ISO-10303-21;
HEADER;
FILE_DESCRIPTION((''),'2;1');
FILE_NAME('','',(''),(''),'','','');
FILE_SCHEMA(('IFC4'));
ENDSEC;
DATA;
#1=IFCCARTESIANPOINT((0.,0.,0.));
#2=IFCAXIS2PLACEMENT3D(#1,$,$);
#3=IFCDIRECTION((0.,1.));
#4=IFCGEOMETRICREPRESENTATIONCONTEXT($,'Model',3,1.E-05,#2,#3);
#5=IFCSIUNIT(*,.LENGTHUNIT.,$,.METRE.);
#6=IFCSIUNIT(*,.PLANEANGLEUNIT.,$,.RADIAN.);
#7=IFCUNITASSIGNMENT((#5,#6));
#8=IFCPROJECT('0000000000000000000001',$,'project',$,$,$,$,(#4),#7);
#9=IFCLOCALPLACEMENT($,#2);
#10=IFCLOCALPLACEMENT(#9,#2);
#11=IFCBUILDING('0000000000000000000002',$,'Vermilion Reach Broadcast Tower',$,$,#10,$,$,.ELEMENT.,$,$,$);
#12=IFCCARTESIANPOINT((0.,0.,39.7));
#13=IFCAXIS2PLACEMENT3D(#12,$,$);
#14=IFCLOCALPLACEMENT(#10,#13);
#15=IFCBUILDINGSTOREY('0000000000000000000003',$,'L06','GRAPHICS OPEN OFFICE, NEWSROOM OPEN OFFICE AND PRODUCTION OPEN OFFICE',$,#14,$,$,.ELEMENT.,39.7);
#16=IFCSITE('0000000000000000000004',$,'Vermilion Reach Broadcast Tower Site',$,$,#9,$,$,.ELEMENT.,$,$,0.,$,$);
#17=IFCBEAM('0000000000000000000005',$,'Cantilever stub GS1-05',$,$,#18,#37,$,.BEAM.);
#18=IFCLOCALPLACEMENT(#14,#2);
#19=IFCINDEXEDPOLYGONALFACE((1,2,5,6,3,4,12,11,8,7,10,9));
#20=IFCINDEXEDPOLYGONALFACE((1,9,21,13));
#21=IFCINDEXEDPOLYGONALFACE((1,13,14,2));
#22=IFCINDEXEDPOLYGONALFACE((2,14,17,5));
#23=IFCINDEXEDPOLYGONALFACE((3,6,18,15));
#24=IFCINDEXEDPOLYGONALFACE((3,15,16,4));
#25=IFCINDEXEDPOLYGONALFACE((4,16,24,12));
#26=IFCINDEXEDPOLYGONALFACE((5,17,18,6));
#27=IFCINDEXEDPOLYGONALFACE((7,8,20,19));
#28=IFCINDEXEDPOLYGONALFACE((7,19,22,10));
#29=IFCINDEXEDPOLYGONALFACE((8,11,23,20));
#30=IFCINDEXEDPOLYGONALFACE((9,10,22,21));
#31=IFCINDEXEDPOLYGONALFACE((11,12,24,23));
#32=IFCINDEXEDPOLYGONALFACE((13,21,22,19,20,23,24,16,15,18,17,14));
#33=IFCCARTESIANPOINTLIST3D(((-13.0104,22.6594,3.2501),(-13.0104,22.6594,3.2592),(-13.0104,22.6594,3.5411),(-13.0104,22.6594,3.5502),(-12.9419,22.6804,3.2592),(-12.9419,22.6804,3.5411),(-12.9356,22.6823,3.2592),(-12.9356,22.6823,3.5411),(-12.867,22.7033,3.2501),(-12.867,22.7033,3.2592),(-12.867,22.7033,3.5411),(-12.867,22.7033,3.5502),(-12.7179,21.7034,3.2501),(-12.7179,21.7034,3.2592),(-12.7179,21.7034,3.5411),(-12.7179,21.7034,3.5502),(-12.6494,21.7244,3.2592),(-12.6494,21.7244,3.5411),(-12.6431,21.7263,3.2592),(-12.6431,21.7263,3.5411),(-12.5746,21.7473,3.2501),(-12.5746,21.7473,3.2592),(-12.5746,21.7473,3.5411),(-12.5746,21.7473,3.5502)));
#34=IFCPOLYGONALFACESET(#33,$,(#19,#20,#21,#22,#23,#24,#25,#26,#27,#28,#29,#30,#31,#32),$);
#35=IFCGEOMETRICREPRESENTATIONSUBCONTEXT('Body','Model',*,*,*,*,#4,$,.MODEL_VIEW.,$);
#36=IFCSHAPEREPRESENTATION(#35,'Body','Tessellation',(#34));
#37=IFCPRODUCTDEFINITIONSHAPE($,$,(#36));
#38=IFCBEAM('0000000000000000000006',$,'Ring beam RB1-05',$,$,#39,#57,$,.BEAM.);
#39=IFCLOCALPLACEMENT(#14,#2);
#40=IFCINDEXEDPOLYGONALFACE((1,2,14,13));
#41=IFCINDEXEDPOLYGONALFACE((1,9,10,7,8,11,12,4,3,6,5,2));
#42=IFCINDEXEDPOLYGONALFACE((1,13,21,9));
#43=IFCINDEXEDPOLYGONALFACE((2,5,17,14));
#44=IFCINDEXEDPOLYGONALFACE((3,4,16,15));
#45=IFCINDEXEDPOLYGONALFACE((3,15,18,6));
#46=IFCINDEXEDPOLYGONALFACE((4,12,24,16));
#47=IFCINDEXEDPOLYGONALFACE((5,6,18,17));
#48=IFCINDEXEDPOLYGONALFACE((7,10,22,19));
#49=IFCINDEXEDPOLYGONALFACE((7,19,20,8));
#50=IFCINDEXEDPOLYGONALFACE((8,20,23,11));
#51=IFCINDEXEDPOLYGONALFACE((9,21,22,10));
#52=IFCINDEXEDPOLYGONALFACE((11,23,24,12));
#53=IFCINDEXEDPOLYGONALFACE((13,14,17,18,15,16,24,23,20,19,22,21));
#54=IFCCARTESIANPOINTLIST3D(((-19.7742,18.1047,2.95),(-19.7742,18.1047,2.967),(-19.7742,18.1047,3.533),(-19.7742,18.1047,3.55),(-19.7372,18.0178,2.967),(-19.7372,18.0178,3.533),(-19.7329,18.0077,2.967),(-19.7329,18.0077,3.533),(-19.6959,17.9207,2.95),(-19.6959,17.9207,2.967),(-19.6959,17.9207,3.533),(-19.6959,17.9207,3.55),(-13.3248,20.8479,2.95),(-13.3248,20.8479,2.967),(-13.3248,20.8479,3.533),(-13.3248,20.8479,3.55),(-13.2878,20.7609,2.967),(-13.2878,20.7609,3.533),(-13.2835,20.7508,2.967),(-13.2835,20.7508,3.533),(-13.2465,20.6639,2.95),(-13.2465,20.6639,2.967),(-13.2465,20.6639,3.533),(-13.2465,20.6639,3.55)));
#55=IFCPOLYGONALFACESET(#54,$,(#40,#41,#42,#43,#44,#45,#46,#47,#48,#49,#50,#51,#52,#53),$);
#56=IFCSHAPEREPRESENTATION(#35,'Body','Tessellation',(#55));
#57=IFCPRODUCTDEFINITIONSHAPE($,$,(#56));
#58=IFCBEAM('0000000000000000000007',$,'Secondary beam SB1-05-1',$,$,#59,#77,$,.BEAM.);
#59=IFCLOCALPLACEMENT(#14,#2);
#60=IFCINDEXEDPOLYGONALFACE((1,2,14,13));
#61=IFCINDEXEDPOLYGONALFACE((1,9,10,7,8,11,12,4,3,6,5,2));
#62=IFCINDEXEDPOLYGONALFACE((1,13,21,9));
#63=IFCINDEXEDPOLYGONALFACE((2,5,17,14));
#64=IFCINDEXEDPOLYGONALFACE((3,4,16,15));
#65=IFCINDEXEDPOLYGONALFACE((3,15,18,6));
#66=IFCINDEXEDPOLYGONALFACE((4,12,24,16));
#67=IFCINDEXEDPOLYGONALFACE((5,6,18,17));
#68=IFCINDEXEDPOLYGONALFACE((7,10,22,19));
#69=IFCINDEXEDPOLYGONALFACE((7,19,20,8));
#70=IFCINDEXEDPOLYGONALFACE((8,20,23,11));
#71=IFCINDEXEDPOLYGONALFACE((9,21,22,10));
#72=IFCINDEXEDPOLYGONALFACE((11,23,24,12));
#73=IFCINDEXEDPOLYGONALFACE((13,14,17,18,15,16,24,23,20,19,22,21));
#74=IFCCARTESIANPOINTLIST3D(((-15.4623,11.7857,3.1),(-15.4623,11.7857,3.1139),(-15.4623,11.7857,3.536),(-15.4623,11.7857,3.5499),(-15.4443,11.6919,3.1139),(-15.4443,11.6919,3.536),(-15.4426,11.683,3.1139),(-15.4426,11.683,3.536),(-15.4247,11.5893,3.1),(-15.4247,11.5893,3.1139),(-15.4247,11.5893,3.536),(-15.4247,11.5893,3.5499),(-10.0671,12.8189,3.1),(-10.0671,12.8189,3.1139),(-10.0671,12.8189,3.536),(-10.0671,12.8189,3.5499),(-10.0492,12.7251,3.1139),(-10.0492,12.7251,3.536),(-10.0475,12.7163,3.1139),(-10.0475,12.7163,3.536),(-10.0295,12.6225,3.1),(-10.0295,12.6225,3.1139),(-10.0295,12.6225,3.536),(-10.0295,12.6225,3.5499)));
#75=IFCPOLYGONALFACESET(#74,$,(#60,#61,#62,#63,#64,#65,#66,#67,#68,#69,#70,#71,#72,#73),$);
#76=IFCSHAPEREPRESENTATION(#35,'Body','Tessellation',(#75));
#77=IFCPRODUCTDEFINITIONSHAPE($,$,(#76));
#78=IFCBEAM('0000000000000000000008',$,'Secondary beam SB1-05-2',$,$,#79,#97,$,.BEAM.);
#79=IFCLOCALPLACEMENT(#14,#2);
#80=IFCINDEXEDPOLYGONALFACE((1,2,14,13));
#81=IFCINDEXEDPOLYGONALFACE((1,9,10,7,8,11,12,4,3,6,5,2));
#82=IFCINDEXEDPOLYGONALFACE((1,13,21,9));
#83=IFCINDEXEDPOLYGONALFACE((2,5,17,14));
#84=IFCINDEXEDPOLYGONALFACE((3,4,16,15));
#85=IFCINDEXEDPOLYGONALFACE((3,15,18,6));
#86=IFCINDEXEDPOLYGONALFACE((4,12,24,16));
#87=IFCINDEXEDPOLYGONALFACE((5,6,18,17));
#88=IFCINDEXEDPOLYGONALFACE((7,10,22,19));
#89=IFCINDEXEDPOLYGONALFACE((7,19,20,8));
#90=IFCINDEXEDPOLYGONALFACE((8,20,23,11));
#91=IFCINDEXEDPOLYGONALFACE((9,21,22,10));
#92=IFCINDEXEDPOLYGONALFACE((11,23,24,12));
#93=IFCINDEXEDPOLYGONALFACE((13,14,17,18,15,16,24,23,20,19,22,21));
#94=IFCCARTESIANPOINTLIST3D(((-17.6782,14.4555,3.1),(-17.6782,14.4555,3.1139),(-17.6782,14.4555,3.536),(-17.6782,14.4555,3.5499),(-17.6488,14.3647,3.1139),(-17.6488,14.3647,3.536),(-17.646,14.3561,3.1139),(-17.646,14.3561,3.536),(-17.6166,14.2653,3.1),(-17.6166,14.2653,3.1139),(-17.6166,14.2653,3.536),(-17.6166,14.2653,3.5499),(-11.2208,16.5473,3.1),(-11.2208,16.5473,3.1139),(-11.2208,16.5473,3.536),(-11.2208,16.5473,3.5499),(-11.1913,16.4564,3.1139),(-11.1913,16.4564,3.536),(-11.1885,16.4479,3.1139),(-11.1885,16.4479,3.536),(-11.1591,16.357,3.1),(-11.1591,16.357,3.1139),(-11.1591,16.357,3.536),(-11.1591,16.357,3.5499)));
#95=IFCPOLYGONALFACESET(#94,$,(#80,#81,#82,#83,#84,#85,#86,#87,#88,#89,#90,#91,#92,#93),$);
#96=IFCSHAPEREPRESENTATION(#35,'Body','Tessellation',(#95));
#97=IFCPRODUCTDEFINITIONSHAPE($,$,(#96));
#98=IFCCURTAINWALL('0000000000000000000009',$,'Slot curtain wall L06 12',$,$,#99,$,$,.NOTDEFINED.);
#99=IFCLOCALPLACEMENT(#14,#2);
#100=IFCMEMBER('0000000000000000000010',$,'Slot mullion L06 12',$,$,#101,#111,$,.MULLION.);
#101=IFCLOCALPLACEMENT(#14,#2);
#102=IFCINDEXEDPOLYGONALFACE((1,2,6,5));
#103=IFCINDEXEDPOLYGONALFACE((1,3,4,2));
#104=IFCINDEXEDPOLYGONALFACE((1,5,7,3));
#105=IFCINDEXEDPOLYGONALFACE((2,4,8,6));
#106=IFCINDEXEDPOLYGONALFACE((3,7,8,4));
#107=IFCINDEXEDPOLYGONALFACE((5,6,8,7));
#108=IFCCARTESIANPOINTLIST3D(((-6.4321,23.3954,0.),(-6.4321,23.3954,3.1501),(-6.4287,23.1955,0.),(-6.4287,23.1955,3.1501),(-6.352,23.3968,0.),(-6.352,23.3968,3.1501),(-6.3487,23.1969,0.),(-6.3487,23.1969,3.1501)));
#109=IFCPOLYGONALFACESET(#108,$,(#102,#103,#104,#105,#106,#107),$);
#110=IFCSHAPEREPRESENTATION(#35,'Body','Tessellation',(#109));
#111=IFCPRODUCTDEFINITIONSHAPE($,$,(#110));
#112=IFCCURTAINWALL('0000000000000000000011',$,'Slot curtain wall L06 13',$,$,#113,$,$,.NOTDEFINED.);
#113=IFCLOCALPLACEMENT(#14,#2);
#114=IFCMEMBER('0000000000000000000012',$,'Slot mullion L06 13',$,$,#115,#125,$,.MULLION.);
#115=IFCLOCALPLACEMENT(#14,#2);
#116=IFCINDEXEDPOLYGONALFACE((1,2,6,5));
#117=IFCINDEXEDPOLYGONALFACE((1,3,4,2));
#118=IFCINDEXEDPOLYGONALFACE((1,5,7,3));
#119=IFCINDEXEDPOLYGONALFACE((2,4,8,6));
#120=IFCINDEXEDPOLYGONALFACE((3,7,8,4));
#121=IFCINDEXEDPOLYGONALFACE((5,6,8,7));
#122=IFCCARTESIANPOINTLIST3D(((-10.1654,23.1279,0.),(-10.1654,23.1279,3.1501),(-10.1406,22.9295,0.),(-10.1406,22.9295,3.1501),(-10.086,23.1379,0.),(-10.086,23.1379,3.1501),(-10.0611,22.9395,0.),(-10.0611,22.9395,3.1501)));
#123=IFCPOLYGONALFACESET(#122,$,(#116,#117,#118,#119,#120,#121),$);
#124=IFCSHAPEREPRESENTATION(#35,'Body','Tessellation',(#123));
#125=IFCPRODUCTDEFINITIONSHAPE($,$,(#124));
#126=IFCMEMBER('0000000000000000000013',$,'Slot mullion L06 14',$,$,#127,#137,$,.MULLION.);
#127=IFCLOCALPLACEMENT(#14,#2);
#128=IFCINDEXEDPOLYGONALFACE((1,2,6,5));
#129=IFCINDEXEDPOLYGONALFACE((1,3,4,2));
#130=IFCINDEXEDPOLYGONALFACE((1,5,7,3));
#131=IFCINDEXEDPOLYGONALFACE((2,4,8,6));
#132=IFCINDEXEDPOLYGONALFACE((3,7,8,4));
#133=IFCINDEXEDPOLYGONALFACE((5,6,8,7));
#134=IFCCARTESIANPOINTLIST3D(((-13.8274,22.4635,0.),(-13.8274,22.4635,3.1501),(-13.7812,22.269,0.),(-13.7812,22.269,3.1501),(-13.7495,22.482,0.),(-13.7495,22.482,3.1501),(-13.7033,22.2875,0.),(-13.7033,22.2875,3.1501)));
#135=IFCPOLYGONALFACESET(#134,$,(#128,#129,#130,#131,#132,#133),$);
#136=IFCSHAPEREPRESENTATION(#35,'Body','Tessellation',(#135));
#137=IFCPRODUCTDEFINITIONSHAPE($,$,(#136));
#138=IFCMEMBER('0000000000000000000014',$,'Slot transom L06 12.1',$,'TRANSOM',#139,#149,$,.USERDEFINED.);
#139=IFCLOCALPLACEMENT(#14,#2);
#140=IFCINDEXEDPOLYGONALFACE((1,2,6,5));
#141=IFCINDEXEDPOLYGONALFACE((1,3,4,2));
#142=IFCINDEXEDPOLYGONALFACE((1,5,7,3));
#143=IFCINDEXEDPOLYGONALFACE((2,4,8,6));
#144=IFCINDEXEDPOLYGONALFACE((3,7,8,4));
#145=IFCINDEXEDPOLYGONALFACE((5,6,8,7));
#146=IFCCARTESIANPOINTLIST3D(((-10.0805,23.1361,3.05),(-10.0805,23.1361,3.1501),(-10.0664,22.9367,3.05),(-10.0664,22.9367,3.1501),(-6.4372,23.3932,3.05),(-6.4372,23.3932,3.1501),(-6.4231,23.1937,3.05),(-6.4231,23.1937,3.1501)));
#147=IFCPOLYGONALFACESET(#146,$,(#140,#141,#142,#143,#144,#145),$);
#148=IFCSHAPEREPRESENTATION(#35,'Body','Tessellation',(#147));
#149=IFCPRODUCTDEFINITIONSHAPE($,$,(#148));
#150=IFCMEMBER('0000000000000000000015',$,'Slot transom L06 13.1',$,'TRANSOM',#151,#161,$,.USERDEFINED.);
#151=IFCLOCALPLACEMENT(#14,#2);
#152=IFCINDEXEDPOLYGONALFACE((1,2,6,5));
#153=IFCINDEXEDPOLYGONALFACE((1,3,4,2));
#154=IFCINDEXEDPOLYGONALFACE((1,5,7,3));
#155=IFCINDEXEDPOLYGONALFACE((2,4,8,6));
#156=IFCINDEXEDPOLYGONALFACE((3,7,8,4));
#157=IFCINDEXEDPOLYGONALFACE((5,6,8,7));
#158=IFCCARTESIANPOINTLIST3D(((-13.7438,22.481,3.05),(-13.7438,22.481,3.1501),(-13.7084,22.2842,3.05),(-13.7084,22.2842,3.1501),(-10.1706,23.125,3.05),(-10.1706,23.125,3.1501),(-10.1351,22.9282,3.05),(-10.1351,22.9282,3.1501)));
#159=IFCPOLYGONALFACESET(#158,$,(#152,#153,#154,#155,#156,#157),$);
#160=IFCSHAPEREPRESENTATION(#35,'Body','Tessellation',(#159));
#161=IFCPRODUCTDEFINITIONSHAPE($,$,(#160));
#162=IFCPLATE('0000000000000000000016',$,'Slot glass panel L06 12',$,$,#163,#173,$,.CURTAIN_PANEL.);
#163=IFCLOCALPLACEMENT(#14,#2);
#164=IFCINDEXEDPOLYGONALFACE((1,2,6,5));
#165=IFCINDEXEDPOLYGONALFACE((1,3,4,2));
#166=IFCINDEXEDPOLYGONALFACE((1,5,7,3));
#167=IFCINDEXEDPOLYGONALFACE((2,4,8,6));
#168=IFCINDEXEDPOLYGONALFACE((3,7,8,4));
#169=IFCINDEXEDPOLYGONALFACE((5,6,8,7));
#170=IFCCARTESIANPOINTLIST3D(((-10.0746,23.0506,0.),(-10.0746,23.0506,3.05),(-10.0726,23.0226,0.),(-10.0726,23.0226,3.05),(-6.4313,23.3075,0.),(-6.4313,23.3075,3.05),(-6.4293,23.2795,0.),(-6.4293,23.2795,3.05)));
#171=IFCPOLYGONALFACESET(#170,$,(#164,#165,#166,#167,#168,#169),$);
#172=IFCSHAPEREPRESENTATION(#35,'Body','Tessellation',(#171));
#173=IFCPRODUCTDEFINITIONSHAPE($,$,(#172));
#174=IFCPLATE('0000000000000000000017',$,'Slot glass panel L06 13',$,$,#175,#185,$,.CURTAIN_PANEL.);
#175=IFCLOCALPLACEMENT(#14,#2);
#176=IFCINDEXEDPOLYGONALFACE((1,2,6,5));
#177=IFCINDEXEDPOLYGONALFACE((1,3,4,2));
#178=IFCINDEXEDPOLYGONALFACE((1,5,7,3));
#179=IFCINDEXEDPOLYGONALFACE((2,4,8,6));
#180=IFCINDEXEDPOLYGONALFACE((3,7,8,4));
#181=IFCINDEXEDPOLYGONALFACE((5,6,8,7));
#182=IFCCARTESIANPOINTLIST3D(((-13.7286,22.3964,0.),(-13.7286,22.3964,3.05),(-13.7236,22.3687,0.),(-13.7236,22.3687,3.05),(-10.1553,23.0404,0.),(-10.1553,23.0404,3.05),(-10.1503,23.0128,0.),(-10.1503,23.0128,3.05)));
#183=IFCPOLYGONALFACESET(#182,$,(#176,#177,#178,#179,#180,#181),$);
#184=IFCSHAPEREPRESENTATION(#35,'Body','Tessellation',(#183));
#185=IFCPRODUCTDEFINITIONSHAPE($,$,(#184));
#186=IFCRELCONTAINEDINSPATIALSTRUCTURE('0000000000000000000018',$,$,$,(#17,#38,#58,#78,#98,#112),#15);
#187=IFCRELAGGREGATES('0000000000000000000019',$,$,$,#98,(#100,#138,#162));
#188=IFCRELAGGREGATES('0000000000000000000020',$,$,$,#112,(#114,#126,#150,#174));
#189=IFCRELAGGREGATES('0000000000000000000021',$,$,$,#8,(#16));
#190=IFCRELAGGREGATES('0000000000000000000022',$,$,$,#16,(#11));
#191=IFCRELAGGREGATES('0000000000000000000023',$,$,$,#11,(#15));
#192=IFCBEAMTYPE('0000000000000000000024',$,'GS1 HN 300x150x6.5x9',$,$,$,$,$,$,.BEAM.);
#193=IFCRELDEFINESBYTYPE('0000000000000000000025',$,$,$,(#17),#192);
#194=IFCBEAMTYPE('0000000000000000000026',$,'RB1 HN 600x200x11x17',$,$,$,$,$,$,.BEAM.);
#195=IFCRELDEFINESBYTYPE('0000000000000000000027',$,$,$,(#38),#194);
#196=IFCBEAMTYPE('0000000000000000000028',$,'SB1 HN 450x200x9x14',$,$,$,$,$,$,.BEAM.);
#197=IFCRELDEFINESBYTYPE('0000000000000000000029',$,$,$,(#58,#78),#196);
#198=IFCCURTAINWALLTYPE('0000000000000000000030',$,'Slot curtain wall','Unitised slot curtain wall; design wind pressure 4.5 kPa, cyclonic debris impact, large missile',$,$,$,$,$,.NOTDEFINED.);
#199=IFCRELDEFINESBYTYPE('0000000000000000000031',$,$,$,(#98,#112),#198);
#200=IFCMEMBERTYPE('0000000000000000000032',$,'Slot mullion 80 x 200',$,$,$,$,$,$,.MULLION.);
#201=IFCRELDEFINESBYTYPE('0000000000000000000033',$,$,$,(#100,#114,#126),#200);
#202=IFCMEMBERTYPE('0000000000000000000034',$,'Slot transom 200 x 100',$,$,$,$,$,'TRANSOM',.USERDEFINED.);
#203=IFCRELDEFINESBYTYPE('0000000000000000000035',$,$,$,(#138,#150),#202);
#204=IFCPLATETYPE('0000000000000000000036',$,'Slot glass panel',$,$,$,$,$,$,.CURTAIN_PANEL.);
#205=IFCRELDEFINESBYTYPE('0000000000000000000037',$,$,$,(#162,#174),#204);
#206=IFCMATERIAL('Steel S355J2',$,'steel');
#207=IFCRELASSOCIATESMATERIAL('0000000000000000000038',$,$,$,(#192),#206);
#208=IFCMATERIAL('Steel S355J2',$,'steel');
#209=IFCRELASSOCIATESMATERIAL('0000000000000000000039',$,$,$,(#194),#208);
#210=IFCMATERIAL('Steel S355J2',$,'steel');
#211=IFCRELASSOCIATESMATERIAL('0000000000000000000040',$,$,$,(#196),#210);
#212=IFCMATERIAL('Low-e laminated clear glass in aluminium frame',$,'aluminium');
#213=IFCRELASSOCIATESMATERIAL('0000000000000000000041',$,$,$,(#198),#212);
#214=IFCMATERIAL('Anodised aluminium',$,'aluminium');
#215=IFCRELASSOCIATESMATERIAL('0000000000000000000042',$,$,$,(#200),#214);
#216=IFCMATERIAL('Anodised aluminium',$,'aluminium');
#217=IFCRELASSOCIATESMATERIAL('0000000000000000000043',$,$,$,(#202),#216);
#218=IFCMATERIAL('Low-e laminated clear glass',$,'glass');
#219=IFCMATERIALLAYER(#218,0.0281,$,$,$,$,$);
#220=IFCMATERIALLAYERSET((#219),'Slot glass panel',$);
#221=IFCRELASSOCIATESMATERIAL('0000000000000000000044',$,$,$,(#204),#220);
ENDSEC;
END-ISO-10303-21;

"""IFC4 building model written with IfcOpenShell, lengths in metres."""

from ifc_helpers import new_model, si_unit, direction, frame, origin, origin_2d, place, context, subcontext, project, spatial, rectangle, i_section, extrude, material, layer, layer_set, material_profile, profile_set, type_object, element, aggregate, save


model = new_model("IFC4")

# Units and contexts
model_context = context("Model", 3, precision=1e-05, world=origin(), true_north=direction((0.0, 1.0)))
body_context = subcontext(model_context, "Body", "Model", "MODEL_VIEW")
ifc_project = project(units=[si_unit("LENGTHUNIT", "METRE"), si_unit("PLANEANGLEUNIT", "RADIAN")], contexts=[model_context])

# Site, building, storey
site_placement = place(None, origin())
site = spatial("IfcSite", under=ifc_project, at=site_placement, Name="Vermilion Reach Broadcast Tower Site", CompositionType="ELEMENT", RefElevation=0.0)
building_placement = place(site_placement, origin())
building = spatial("IfcBuilding", under=site, at=building_placement, Name="Vermilion Reach Broadcast Tower", CompositionType="ELEMENT")
storey_placement = place(building_placement, frame((0.0, 0.0, 39.7)))
storey = spatial("IfcBuildingStorey", under=building, at=storey_placement, Name="L06", Description="GRAPHICS OPEN OFFICE, NEWSROOM OPEN OFFICE AND PRODUCTION OPEN OFFICE", CompositionType="ELEMENT", Elevation=39.7)

# Beams
ifc_material_1 = material(Name="Steel S355J2", Category="steel")
ifc_material_profile_1 = material_profile(ifc_material_1, i_section(OverallWidth=0.1499, OverallDepth=0.3, WebThickness=0.0066, FlangeThickness=0.009, at=origin_2d()), Name="S355J2 HN 300x150x6.5x9")
ifc_profile_set_1 = profile_set([ifc_material_profile_1], Name="Steel S355J2")
beam_type_1 = type_object("IfcBeamType", Name="GS1 HN 300x150x6.5x9", PredefinedType="BEAM", material=ifc_profile_set_1)
beam_1_placement = place(storey_placement, frame((-12.6462, 21.7253, 3.4001), z_axis=(-0.292541, 0.956253, 0.0), x_axis=(-0.956253, -0.292541, 0.0)))
element("IfcBeam", 1, at=beam_1_placement, inside=storey, type_object=beam_type_1, Name="Cantilever stub GS1-05", PredefinedType="BEAM", context=body_context, shape_type="SweptSolid", body=[
    extrude(i_section(OverallWidth=0.1499, OverallDepth=0.3, WebThickness=0.0066, FlangeThickness=0.009, at=origin_2d()), origin(), (0.0, 0.0, 1.0), 0.9998),
])
ifc_material_2 = material(Name="Steel S355J2", Category="steel")
ifc_material_profile_2 = material_profile(ifc_material_2, i_section(OverallWidth=0.2, OverallDepth=0.6001, WebThickness=0.011, FlangeThickness=0.0171, at=origin_2d()), Name="S355J2 HN 600x200x11x17")
ifc_profile_set_2 = profile_set([ifc_material_profile_2], Name="Steel S355J2")
beam_type_2 = type_object("IfcBeamType", Name="RB1 HN 600x200x11x17", PredefinedType="BEAM", material=ifc_profile_set_2)
beam_2_placement = place(storey_placement, frame((-13.2856, 20.7559, 3.25), z_axis=(-0.920221, -0.3914, 0.0), x_axis=(0.3914, -0.920221, 0.0)))
element("IfcBeam", 2, at=beam_2_placement, inside=storey, type_object=beam_type_2, Name="Ring beam RB1-05", PredefinedType="BEAM", context=body_context, shape_type="SweptSolid", body=[
    extrude(i_section(OverallWidth=0.2, OverallDepth=0.6001, WebThickness=0.011, FlangeThickness=0.0171, at=origin_2d()), origin(), (0.0, 0.0, 1.0), 7.0085),
])
ifc_material_3 = material(Name="Steel S355J2", Category="steel")
ifc_material_profile_3 = material_profile(ifc_material_3, i_section(OverallWidth=0.2, OverallDepth=0.45, WebThickness=0.009, FlangeThickness=0.0139, at=origin_2d()), Name="S355J2 HN 450x200x9x14")
ifc_profile_set_3 = profile_set([ifc_material_profile_3], Name="Steel S355J2")
beam_type_3 = type_object("IfcBeamType", Name="SB1 HN 450x200x9x14", PredefinedType="BEAM", material=ifc_profile_set_3)
beam_3_placement = place(storey_placement, frame((-10.0483, 12.7207, 3.325), z_axis=(-0.982151, -0.188092, 0.0), x_axis=(0.188092, -0.982151, 0.0)))
element("IfcBeam", 3, at=beam_3_placement, inside=storey, type_object=beam_type_3, Name="Secondary beam SB1-05-1", PredefinedType="BEAM", context=body_context, shape_type="SweptSolid", body=[
    extrude(i_section(OverallWidth=0.2, OverallDepth=0.45, WebThickness=0.009, FlangeThickness=0.0139, at=origin_2d()), origin(), (0.0, 0.0, 1.0), 5.4932),
])
beam_4_placement = place(storey_placement, frame((-11.1899, 16.4521, 3.325), z_axis=(-0.951332, -0.308167, 0.0), x_axis=(0.308167, -0.951332, 0.0)))
element("IfcBeam", 4, at=beam_4_placement, inside=storey, type_object=beam_type_3, Name="Secondary beam SB1-05-2", PredefinedType="BEAM", context=body_context, shape_type="SweptSolid", body=[
    extrude(i_section(OverallWidth=0.2, OverallDepth=0.45, WebThickness=0.009, FlangeThickness=0.0139, at=origin_2d()), origin(), (0.0, 0.0, 1.0), 6.7878),
])

# Curtain wall, member
ifc_material_4 = material(Name="Low-e laminated clear glass in aluminium frame", Category="aluminium")
curtain_wall_type = type_object("IfcCurtainWallType", Name="Slot curtain wall", Description="Unitised slot curtain wall; design wind pressure 4.5 kPa, cyclonic debris impact, large missile", PredefinedType="NOTDEFINED", material=ifc_material_4)
placement = place(storey_placement, origin())
curtain_wall_1 = element("IfcCurtainWall", 5, at=placement, inside=storey, type_object=curtain_wall_type, Name="Slot curtain wall L06 12", PredefinedType="NOTDEFINED")
ifc_material_5 = material(Name="Anodised aluminium", Category="aluminium")
ifc_material_profile_4 = material_profile(ifc_material_5, rectangle(XDim=0.2, YDim=0.0801, at=origin_2d()), Name="Slot mullion 80 x 200")
ifc_profile_set_4 = profile_set([ifc_material_profile_4], Name="Anodised aluminium")
member_type_1 = type_object("IfcMemberType", Name="Slot mullion 80 x 200", PredefinedType="MULLION", material=ifc_profile_set_4)
member_1_placement = place(storey_placement, frame((-6.3904, 23.2961, 0.0), z_axis=(0.0, 0.0, 1.0), x_axis=(0.016754, -0.99986, 0.0)))
member_1 = element("IfcMember", 6, at=member_1_placement, type_object=member_type_1, Name="Slot mullion L06 12", PredefinedType="MULLION", context=body_context, shape_type="SweptSolid", body=[
    extrude(rectangle(XDim=0.2, YDim=0.0801, at=origin_2d()), origin(), (0.0, 0.0, 1.0), 3.1501),
])

# Curtain wall, members
curtain_wall_2 = element("IfcCurtainWall", 7, at=placement, inside=storey, type_object=curtain_wall_type, Name="Slot curtain wall L06 13", PredefinedType="NOTDEFINED")
member_2_placement = place(storey_placement, frame((-10.1133, 23.0337, 0.0), z_axis=(0.0, 0.0, 1.0), x_axis=(0.124051, -0.992276, 0.0)))
member_2 = element("IfcMember", 8, at=member_2_placement, type_object=member_type_1, Name="Slot mullion L06 13", PredefinedType="MULLION", context=body_context, shape_type="SweptSolid", body=[
    extrude(rectangle(XDim=0.2, YDim=0.0801, at=origin_2d()), origin(), (0.0, 0.0, 1.0), 3.1501),
])
member_3_placement = place(storey_placement, frame((-13.7654, 22.3755, 0.0), z_axis=(0.0, 0.0, 1.0), x_axis=(0.231086, -0.972933, 0.0)))
member_3 = element("IfcMember", 9, at=member_3_placement, type_object=member_type_1, Name="Slot mullion L06 14", PredefinedType="MULLION", context=body_context, shape_type="SweptSolid", body=[
    extrude(rectangle(XDim=0.2, YDim=0.0801, at=origin_2d()), origin(), (0.0, 0.0, 1.0), 3.1501),
])

# Members
ifc_material_6 = material(Name="Anodised aluminium", Category="aluminium")
ifc_material_profile_5 = material_profile(ifc_material_6, rectangle(XDim=0.2, YDim=0.1001, at=origin_2d()), Name="Slot transom 200 x 100")
ifc_profile_set_5 = profile_set([ifc_material_profile_5], Name="Anodised aluminium")
member_type_2 = type_object("IfcMemberType", Name="Slot transom 200 x 100", ElementType="TRANSOM", PredefinedType="USERDEFINED", material=ifc_profile_set_5)
member_4_placement = place(storey_placement, frame((-6.4302, 23.2935, 3.1001), z_axis=(-0.99752, -0.070387, 0.0), x_axis=(0.070387, -0.99752, 0.0)))
member_4 = element("IfcMember", 10, at=member_4_placement, type_object=member_type_2, Name="Slot transom L06 12.1", ObjectType="TRANSOM", PredefinedType="USERDEFINED", context=body_context, shape_type="SweptSolid", body=[
    extrude(rectangle(XDim=0.2, YDim=0.1001, at=origin_2d()), origin(), (0.0, 0.0, 1.0), 3.6523),
])
member_5_placement = place(storey_placement, frame((-10.1528, 23.0266, 3.1001), z_axis=(-0.984142, -0.177382, 0.0), x_axis=(0.177382, -0.984142, 0.0)))
member_5 = element("IfcMember", 11, at=member_5_placement, type_object=member_type_2, Name="Slot transom L06 13.1", ObjectType="TRANSOM", PredefinedType="USERDEFINED", context=body_context, shape_type="SweptSolid", body=[
    extrude(rectangle(XDim=0.2, YDim=0.1001, at=origin_2d()), origin(), (0.0, 0.0, 1.0), 3.6309),
])

# Plates
ifc_material_7 = material(Name="Low-e laminated clear glass", Category="glass")
ifc_layer_1 = layer(ifc_material_7, 0.0281)
ifc_layer_set_1 = layer_set([ifc_layer_1], Name="Slot glass panel")
plate_type = type_object("IfcPlateType", Name="Slot glass panel", PredefinedType="CURTAIN_PANEL", material=ifc_layer_set_1)
plate_1_placement = place(storey_placement, frame((-8.252, 23.165, 0.0), z_axis=(0.0, 0.0, 1.0), x_axis=(-0.997522, -0.070354, 0.0)))
plate_1 = element("IfcPlate", 12, at=plate_1_placement, type_object=plate_type, Name="Slot glass panel L06 12", PredefinedType="CURTAIN_PANEL", context=body_context, shape_type="SweptSolid", body=[
    extrude(rectangle(XDim=3.6523, YDim=0.0281, at=origin_2d()), origin(), (0.0, 0.0, 1.0), 3.05),
])
aggregate(curtain_wall_1, [member_1, member_4, plate_1])
plate_2_placement = place(storey_placement, frame((-11.9395, 22.7046, 0.0), z_axis=(0.0, 0.0, 1.0), x_axis=(-0.984141, -0.177386, 0.0)))
plate_2 = element("IfcPlate", 13, at=plate_2_placement, type_object=plate_type, Name="Slot glass panel L06 13", PredefinedType="CURTAIN_PANEL", context=body_context, shape_type="SweptSolid", body=[
    extrude(rectangle(XDim=3.6309, YDim=0.0281, at=origin_2d()), origin(), (0.0, 0.0, 1.0), 3.05),
])
aggregate(curtain_wall_2, [member_2, member_3, member_5, plate_2])

save(model, "model.ifc")
